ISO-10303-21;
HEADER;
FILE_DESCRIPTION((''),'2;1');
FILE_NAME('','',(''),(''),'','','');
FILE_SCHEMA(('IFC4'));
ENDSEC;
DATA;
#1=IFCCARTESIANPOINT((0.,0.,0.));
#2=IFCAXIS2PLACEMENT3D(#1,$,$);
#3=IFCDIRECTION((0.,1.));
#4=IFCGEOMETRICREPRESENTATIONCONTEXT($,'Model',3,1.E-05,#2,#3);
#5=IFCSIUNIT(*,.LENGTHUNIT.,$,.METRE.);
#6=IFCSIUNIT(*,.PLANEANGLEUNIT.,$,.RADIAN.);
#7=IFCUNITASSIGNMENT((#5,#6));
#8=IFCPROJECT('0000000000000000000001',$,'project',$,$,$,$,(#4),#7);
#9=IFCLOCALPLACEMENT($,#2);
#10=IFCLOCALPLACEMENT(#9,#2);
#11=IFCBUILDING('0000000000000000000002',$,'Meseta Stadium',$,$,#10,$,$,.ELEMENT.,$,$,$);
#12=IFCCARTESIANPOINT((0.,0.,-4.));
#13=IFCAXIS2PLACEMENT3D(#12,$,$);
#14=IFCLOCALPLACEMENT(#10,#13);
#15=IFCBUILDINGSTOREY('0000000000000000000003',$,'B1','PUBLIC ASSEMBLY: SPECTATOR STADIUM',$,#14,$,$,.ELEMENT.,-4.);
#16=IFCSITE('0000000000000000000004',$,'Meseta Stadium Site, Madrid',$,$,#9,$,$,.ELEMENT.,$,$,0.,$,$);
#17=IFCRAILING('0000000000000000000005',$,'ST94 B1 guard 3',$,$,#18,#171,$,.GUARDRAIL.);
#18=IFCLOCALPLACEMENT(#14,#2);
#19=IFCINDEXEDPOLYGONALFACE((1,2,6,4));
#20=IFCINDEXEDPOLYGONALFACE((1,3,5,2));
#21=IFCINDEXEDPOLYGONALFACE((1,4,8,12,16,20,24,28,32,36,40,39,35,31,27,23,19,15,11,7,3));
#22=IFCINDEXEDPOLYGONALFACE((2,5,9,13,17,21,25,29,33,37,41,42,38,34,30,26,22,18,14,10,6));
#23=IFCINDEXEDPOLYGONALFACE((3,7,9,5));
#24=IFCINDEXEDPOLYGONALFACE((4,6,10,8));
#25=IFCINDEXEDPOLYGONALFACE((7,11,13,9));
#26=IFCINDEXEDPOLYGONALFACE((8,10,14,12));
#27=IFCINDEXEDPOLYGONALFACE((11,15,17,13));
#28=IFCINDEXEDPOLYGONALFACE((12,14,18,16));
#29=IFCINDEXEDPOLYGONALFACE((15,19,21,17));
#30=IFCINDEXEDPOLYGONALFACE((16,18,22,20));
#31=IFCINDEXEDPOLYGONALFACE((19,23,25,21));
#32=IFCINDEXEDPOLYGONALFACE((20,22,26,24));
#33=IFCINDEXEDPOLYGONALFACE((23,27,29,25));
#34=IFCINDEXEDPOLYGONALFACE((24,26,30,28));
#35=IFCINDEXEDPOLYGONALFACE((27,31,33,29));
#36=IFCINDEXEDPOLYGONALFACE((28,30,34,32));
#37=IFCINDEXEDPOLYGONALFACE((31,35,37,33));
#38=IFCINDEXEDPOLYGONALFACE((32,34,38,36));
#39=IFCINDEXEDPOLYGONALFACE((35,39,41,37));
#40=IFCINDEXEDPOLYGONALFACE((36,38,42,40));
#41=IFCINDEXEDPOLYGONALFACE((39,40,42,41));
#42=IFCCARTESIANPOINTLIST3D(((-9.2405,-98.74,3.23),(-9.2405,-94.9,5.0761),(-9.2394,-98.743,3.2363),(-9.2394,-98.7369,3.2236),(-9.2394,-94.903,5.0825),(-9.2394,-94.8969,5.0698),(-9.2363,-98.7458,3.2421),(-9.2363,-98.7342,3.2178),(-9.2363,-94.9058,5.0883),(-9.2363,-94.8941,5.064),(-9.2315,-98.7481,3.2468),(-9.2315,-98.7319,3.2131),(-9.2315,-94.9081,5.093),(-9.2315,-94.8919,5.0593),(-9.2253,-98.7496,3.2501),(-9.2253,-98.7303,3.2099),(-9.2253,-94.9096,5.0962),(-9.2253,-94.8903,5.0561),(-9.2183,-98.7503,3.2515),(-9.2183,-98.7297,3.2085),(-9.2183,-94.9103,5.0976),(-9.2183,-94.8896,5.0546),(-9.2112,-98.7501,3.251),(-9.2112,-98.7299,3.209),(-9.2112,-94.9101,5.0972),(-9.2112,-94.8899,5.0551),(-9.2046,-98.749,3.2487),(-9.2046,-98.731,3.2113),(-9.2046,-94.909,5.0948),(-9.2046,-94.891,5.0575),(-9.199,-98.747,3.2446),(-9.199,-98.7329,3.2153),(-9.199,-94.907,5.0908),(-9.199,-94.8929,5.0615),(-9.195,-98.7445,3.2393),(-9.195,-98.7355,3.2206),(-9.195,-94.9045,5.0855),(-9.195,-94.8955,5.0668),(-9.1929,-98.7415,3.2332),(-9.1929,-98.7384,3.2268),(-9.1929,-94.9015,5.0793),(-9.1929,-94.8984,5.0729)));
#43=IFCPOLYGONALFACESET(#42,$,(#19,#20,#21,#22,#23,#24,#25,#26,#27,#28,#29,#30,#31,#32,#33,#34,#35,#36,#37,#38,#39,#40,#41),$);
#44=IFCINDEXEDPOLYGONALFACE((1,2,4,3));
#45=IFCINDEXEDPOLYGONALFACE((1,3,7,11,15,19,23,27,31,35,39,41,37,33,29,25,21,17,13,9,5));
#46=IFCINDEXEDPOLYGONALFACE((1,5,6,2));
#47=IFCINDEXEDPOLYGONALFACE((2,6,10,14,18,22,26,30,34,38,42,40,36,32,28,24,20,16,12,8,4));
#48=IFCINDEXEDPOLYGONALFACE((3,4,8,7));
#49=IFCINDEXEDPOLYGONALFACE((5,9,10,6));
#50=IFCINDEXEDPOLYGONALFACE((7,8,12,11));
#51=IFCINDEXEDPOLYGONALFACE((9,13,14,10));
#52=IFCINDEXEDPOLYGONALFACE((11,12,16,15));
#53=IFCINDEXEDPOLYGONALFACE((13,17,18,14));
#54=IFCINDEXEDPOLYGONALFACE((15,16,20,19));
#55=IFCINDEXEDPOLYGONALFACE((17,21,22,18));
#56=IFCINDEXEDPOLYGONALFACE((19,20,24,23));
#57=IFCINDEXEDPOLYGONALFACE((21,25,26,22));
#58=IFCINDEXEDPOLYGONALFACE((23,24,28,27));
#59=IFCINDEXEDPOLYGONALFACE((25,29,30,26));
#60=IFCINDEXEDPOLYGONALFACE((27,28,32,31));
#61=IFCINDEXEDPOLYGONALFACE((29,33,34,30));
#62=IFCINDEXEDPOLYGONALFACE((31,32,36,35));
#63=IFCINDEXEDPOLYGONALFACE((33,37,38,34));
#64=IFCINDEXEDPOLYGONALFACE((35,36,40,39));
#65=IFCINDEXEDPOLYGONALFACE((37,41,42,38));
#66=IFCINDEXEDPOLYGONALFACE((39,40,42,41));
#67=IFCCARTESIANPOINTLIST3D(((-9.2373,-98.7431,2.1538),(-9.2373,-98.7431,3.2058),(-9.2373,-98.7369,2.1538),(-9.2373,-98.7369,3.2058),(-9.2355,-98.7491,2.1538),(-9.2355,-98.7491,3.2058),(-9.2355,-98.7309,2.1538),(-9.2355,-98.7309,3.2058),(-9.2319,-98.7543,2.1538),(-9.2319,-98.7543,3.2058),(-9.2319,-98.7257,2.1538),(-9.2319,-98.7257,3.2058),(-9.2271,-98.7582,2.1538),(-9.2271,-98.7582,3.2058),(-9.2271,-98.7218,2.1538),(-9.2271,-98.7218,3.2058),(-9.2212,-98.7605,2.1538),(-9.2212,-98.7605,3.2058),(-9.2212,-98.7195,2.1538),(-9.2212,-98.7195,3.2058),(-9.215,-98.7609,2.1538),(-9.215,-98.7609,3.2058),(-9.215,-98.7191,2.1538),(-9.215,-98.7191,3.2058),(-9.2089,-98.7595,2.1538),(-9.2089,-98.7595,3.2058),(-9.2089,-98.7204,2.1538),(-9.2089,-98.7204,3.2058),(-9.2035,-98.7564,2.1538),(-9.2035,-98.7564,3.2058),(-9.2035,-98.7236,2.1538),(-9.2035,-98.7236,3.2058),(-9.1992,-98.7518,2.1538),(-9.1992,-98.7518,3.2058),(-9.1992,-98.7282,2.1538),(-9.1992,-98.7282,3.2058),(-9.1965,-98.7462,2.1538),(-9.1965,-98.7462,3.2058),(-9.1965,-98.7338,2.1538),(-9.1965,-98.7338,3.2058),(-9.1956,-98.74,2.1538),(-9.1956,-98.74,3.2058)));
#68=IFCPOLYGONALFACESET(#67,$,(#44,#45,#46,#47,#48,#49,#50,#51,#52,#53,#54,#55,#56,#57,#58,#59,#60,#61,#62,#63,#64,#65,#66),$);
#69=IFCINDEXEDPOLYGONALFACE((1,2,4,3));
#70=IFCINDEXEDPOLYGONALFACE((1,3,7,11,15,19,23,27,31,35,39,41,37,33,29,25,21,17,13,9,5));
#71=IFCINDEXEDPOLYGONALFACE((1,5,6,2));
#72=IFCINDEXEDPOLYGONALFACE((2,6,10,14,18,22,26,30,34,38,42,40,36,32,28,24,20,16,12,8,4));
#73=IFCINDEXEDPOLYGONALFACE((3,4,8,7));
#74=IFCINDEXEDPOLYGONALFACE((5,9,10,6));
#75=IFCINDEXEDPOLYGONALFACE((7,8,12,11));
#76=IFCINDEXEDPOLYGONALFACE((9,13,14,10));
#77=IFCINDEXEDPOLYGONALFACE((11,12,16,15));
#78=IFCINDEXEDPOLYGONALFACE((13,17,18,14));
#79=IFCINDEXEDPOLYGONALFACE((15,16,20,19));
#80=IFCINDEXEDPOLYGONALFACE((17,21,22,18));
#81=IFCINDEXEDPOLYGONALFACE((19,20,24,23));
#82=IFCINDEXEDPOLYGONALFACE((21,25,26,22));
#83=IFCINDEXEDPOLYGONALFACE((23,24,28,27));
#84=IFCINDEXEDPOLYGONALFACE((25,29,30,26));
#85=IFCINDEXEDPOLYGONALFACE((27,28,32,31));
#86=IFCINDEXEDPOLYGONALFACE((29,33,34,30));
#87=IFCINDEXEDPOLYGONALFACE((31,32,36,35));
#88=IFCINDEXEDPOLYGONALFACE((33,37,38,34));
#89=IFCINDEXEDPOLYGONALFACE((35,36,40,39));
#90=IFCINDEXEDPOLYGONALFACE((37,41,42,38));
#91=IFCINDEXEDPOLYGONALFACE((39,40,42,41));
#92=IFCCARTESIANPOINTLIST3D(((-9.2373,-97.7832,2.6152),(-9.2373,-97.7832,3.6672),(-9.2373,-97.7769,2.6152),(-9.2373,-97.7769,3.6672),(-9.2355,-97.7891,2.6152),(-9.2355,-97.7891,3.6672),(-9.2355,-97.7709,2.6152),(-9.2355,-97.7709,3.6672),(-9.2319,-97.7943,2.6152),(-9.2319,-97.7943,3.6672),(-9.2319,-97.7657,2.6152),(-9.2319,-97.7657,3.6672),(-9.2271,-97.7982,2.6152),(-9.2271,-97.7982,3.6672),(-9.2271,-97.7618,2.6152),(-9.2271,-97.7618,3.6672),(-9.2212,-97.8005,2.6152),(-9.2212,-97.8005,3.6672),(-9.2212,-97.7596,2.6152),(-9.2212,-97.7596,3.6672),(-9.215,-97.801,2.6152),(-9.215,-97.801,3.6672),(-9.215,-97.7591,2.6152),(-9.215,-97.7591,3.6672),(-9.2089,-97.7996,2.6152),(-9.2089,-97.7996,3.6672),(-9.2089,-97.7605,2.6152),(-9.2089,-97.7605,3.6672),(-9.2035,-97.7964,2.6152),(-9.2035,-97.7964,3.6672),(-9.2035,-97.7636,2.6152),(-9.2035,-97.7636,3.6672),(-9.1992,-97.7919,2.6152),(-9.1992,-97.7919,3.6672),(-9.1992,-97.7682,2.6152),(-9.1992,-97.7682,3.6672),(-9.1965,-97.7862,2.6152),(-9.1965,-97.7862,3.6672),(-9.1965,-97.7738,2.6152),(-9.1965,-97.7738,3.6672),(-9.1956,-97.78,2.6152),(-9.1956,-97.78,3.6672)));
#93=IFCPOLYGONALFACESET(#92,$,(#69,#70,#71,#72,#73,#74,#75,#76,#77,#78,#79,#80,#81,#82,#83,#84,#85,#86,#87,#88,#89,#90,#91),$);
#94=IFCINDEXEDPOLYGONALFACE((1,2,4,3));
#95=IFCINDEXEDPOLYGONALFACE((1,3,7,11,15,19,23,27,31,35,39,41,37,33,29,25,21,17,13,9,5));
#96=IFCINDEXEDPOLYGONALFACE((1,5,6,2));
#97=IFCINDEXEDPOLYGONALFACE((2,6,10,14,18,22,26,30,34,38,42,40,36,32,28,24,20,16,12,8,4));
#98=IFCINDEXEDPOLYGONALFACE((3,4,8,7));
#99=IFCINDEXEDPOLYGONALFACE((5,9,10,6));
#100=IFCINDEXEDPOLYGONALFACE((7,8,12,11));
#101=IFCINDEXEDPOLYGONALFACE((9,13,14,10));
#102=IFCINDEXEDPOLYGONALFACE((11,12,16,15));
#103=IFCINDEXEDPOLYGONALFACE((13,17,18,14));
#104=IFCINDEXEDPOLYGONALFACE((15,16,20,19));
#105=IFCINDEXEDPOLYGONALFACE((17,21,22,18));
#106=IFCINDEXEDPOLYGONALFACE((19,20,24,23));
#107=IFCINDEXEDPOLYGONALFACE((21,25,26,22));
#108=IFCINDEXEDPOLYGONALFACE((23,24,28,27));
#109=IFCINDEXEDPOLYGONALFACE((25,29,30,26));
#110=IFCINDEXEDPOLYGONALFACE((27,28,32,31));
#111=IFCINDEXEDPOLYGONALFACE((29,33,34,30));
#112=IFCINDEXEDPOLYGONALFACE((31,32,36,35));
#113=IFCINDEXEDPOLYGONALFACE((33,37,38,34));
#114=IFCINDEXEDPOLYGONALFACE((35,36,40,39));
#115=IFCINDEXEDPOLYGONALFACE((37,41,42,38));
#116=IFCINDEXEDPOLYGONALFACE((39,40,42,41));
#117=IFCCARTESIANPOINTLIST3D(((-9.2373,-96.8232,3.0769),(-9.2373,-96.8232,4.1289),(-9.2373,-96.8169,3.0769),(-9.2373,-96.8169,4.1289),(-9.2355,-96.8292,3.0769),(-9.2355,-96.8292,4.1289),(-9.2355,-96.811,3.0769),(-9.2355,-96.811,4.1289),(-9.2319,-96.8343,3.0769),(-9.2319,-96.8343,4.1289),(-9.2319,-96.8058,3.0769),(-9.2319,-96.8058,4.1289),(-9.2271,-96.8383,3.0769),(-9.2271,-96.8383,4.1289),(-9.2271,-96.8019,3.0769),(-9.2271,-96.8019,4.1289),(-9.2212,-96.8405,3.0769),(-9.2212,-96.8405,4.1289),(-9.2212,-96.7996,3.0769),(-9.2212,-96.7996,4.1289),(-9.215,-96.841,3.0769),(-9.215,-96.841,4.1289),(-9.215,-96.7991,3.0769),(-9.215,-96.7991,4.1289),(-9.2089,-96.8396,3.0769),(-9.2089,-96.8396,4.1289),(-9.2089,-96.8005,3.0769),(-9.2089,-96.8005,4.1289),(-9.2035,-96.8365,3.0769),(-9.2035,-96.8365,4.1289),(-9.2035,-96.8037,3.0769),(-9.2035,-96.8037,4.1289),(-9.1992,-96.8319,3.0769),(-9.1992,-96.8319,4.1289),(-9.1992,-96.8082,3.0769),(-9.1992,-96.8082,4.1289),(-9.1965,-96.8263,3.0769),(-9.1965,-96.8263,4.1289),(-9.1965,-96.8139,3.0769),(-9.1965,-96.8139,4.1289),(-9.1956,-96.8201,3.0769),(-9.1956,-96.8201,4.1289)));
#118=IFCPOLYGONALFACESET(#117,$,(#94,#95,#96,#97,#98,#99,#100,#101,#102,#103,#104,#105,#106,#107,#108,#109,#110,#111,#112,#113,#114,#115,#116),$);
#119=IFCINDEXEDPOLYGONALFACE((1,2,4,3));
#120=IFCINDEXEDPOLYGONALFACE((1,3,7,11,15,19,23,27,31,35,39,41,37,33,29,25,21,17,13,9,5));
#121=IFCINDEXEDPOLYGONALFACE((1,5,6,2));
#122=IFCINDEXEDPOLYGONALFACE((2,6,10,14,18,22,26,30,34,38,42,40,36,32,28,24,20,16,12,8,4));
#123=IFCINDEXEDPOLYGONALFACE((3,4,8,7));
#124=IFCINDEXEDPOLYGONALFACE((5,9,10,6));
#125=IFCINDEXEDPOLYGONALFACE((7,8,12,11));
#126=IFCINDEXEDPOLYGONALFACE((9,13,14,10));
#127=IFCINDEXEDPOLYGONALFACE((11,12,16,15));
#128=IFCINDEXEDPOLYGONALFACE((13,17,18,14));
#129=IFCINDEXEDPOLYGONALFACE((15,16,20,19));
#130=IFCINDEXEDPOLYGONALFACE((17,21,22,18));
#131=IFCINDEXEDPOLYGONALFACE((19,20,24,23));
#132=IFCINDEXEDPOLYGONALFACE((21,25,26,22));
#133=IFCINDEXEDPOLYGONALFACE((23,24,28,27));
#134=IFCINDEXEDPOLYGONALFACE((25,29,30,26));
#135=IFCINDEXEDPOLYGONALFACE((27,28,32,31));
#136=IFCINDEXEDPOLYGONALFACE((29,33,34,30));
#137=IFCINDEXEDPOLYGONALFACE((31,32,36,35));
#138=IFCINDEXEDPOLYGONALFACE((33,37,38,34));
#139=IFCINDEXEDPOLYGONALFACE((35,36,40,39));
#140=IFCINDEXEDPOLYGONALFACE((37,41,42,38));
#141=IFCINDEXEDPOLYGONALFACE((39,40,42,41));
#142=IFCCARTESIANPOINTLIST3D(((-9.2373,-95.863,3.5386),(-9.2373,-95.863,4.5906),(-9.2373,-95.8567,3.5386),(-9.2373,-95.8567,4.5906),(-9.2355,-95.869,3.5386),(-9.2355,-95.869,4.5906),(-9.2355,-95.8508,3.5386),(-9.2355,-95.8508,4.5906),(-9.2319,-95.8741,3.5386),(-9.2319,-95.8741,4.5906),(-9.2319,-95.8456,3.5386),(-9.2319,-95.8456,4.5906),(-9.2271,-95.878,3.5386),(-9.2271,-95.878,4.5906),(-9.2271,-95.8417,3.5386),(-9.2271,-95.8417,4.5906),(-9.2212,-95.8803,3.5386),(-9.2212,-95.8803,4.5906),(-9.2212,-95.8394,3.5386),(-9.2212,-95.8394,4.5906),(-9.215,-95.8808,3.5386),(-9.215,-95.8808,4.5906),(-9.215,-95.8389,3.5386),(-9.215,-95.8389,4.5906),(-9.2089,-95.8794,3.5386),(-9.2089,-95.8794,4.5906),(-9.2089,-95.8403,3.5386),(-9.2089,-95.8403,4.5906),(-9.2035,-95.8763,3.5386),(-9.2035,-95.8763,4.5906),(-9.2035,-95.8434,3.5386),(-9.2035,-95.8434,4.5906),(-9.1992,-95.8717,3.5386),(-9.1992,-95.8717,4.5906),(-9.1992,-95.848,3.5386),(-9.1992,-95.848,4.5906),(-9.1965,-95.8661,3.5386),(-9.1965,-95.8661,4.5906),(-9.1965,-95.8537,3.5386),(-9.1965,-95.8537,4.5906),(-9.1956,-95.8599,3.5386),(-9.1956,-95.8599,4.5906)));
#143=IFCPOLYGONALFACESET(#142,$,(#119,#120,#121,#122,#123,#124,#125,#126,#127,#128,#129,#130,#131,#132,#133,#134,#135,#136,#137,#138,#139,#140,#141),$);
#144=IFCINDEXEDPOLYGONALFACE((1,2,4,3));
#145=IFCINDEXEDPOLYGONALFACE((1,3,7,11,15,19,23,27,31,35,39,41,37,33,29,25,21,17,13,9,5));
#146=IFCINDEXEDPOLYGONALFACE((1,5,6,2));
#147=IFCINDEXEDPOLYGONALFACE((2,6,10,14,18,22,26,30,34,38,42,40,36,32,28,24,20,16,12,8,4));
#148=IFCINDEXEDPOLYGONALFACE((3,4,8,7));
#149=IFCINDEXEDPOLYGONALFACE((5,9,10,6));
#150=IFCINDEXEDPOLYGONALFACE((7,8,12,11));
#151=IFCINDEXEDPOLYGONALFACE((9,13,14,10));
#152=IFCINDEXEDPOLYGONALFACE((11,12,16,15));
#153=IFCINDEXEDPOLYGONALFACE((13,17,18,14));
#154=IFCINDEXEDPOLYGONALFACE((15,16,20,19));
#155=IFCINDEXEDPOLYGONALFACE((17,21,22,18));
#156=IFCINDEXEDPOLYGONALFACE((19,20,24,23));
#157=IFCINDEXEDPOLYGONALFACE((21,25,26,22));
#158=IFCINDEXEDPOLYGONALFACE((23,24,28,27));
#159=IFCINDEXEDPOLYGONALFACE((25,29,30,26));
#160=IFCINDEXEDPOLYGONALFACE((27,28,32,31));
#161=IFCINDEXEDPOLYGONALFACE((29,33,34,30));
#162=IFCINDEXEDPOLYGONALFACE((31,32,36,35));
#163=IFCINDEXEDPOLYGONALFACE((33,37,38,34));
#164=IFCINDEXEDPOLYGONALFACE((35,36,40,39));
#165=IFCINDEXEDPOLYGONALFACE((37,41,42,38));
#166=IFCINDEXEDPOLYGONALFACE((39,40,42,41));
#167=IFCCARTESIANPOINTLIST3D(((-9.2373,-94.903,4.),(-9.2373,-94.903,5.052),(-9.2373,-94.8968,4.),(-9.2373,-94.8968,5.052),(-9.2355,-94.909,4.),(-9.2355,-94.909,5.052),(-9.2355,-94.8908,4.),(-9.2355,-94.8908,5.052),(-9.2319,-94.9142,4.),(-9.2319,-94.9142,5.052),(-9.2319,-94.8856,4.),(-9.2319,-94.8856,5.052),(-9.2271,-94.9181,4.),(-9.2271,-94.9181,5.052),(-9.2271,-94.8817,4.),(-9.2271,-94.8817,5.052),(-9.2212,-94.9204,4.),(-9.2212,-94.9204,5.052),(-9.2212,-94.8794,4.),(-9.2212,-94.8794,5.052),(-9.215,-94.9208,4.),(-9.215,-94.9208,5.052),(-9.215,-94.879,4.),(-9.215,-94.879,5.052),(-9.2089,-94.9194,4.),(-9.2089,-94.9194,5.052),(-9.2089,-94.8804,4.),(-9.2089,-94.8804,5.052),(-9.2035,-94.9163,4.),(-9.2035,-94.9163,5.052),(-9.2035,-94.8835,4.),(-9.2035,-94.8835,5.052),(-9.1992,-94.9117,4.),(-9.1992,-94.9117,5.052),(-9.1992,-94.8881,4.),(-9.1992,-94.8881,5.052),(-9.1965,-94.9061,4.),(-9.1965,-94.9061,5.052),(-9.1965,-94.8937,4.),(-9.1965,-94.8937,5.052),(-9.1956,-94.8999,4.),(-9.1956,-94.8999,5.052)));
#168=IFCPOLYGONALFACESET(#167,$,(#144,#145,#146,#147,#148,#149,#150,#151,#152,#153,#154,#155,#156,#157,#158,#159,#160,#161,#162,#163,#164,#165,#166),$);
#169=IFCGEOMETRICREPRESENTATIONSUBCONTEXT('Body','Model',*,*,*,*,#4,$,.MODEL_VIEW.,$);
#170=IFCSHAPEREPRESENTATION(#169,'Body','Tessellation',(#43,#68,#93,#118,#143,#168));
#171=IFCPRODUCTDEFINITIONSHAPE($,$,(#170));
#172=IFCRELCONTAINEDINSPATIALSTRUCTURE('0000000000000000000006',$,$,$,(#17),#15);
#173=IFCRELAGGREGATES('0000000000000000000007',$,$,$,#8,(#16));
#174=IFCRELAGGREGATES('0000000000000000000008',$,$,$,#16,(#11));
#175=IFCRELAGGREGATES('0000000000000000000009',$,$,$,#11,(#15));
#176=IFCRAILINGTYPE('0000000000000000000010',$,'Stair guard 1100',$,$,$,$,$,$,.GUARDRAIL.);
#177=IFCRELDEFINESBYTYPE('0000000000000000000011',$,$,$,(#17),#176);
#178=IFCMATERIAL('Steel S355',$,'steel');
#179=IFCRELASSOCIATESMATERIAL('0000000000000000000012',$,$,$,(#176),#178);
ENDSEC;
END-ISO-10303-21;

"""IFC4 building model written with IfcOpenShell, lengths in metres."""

from ifc_helpers import new_model, si_unit, direction, frame, origin, origin_2d, place, context, subcontext, project, spatial, circle, extrude, material, type_object, element, save


model = new_model("IFC4")

# Units and contexts
model_context = context("Model", 3, precision=1e-05, world=origin(), true_north=direction((0.0, 1.0)))
body_context = subcontext(model_context, "Body", "Model", "MODEL_VIEW")
ifc_project = project(units=[si_unit("LENGTHUNIT", "METRE"), si_unit("PLANEANGLEUNIT", "RADIAN")], contexts=[model_context])

# Site, building, storey
site_placement = place(None, origin())
site = spatial("IfcSite", under=ifc_project, at=site_placement, Name="Meseta Stadium Site, Madrid", CompositionType="ELEMENT", RefElevation=0.0)
building_placement = place(site_placement, origin())
building = spatial("IfcBuilding", under=site, at=building_placement, Name="Meseta Stadium", CompositionType="ELEMENT")
storey_placement = place(building_placement, frame((0.0, 0.0, -4.0)))
storey = spatial("IfcBuildingStorey", under=building, at=storey_placement, Name="B1", Description="PUBLIC ASSEMBLY: SPECTATOR STADIUM", CompositionType="ELEMENT", Elevation=-4.0)

# Railing
ifc_material_1 = material(Name="Steel S355", Category="steel")
railing_type_1 = type_object("IfcRailingType", Name="Stair guard 1100", PredefinedType="GUARDRAIL", material=ifc_material_1)
railing_1_placement = place(storey_placement, frame((-9.2166, -98.74, 2.1538)))
element("IfcRailing", 1, at=railing_1_placement, inside=storey, type_object=railing_type_1, Name="ST94 B1 guard 3", PredefinedType="GUARDRAIL", context=body_context, shape_type="SweptSolid", body=[
    extrude(circle(Radius=0.0239, at=origin_2d()), frame((0.0, 0.0, 1.0762), z_axis=(0.0, 0.901253, 0.433294), x_axis=(-1.0, 0.0, 0.0)), (0.0, 0.0, 1.0), 4.2607),
    extrude(circle(Radius=0.021, at=origin_2d()), origin(), (0.0, 0.0, 1.0), 1.052),
    extrude(circle(Radius=0.021, at=origin_2d()), frame((0.0, 0.96, 0.4614)), (0.0, 0.0, 1.0), 1.052),
    extrude(circle(Radius=0.021, at=origin_2d()), frame((0.0, 1.9199, 0.9231)), (0.0, 0.0, 1.0), 1.052),
    extrude(circle(Radius=0.021, at=origin_2d()), frame((0.0, 2.8801, 1.3848)), (0.0, 0.0, 1.0), 1.052),
    extrude(circle(Radius=0.021, at=origin_2d()), frame((0.0, 3.8401, 1.8462)), (0.0, 0.0, 1.0), 1.052),
])

save(model, "model.ifc")
